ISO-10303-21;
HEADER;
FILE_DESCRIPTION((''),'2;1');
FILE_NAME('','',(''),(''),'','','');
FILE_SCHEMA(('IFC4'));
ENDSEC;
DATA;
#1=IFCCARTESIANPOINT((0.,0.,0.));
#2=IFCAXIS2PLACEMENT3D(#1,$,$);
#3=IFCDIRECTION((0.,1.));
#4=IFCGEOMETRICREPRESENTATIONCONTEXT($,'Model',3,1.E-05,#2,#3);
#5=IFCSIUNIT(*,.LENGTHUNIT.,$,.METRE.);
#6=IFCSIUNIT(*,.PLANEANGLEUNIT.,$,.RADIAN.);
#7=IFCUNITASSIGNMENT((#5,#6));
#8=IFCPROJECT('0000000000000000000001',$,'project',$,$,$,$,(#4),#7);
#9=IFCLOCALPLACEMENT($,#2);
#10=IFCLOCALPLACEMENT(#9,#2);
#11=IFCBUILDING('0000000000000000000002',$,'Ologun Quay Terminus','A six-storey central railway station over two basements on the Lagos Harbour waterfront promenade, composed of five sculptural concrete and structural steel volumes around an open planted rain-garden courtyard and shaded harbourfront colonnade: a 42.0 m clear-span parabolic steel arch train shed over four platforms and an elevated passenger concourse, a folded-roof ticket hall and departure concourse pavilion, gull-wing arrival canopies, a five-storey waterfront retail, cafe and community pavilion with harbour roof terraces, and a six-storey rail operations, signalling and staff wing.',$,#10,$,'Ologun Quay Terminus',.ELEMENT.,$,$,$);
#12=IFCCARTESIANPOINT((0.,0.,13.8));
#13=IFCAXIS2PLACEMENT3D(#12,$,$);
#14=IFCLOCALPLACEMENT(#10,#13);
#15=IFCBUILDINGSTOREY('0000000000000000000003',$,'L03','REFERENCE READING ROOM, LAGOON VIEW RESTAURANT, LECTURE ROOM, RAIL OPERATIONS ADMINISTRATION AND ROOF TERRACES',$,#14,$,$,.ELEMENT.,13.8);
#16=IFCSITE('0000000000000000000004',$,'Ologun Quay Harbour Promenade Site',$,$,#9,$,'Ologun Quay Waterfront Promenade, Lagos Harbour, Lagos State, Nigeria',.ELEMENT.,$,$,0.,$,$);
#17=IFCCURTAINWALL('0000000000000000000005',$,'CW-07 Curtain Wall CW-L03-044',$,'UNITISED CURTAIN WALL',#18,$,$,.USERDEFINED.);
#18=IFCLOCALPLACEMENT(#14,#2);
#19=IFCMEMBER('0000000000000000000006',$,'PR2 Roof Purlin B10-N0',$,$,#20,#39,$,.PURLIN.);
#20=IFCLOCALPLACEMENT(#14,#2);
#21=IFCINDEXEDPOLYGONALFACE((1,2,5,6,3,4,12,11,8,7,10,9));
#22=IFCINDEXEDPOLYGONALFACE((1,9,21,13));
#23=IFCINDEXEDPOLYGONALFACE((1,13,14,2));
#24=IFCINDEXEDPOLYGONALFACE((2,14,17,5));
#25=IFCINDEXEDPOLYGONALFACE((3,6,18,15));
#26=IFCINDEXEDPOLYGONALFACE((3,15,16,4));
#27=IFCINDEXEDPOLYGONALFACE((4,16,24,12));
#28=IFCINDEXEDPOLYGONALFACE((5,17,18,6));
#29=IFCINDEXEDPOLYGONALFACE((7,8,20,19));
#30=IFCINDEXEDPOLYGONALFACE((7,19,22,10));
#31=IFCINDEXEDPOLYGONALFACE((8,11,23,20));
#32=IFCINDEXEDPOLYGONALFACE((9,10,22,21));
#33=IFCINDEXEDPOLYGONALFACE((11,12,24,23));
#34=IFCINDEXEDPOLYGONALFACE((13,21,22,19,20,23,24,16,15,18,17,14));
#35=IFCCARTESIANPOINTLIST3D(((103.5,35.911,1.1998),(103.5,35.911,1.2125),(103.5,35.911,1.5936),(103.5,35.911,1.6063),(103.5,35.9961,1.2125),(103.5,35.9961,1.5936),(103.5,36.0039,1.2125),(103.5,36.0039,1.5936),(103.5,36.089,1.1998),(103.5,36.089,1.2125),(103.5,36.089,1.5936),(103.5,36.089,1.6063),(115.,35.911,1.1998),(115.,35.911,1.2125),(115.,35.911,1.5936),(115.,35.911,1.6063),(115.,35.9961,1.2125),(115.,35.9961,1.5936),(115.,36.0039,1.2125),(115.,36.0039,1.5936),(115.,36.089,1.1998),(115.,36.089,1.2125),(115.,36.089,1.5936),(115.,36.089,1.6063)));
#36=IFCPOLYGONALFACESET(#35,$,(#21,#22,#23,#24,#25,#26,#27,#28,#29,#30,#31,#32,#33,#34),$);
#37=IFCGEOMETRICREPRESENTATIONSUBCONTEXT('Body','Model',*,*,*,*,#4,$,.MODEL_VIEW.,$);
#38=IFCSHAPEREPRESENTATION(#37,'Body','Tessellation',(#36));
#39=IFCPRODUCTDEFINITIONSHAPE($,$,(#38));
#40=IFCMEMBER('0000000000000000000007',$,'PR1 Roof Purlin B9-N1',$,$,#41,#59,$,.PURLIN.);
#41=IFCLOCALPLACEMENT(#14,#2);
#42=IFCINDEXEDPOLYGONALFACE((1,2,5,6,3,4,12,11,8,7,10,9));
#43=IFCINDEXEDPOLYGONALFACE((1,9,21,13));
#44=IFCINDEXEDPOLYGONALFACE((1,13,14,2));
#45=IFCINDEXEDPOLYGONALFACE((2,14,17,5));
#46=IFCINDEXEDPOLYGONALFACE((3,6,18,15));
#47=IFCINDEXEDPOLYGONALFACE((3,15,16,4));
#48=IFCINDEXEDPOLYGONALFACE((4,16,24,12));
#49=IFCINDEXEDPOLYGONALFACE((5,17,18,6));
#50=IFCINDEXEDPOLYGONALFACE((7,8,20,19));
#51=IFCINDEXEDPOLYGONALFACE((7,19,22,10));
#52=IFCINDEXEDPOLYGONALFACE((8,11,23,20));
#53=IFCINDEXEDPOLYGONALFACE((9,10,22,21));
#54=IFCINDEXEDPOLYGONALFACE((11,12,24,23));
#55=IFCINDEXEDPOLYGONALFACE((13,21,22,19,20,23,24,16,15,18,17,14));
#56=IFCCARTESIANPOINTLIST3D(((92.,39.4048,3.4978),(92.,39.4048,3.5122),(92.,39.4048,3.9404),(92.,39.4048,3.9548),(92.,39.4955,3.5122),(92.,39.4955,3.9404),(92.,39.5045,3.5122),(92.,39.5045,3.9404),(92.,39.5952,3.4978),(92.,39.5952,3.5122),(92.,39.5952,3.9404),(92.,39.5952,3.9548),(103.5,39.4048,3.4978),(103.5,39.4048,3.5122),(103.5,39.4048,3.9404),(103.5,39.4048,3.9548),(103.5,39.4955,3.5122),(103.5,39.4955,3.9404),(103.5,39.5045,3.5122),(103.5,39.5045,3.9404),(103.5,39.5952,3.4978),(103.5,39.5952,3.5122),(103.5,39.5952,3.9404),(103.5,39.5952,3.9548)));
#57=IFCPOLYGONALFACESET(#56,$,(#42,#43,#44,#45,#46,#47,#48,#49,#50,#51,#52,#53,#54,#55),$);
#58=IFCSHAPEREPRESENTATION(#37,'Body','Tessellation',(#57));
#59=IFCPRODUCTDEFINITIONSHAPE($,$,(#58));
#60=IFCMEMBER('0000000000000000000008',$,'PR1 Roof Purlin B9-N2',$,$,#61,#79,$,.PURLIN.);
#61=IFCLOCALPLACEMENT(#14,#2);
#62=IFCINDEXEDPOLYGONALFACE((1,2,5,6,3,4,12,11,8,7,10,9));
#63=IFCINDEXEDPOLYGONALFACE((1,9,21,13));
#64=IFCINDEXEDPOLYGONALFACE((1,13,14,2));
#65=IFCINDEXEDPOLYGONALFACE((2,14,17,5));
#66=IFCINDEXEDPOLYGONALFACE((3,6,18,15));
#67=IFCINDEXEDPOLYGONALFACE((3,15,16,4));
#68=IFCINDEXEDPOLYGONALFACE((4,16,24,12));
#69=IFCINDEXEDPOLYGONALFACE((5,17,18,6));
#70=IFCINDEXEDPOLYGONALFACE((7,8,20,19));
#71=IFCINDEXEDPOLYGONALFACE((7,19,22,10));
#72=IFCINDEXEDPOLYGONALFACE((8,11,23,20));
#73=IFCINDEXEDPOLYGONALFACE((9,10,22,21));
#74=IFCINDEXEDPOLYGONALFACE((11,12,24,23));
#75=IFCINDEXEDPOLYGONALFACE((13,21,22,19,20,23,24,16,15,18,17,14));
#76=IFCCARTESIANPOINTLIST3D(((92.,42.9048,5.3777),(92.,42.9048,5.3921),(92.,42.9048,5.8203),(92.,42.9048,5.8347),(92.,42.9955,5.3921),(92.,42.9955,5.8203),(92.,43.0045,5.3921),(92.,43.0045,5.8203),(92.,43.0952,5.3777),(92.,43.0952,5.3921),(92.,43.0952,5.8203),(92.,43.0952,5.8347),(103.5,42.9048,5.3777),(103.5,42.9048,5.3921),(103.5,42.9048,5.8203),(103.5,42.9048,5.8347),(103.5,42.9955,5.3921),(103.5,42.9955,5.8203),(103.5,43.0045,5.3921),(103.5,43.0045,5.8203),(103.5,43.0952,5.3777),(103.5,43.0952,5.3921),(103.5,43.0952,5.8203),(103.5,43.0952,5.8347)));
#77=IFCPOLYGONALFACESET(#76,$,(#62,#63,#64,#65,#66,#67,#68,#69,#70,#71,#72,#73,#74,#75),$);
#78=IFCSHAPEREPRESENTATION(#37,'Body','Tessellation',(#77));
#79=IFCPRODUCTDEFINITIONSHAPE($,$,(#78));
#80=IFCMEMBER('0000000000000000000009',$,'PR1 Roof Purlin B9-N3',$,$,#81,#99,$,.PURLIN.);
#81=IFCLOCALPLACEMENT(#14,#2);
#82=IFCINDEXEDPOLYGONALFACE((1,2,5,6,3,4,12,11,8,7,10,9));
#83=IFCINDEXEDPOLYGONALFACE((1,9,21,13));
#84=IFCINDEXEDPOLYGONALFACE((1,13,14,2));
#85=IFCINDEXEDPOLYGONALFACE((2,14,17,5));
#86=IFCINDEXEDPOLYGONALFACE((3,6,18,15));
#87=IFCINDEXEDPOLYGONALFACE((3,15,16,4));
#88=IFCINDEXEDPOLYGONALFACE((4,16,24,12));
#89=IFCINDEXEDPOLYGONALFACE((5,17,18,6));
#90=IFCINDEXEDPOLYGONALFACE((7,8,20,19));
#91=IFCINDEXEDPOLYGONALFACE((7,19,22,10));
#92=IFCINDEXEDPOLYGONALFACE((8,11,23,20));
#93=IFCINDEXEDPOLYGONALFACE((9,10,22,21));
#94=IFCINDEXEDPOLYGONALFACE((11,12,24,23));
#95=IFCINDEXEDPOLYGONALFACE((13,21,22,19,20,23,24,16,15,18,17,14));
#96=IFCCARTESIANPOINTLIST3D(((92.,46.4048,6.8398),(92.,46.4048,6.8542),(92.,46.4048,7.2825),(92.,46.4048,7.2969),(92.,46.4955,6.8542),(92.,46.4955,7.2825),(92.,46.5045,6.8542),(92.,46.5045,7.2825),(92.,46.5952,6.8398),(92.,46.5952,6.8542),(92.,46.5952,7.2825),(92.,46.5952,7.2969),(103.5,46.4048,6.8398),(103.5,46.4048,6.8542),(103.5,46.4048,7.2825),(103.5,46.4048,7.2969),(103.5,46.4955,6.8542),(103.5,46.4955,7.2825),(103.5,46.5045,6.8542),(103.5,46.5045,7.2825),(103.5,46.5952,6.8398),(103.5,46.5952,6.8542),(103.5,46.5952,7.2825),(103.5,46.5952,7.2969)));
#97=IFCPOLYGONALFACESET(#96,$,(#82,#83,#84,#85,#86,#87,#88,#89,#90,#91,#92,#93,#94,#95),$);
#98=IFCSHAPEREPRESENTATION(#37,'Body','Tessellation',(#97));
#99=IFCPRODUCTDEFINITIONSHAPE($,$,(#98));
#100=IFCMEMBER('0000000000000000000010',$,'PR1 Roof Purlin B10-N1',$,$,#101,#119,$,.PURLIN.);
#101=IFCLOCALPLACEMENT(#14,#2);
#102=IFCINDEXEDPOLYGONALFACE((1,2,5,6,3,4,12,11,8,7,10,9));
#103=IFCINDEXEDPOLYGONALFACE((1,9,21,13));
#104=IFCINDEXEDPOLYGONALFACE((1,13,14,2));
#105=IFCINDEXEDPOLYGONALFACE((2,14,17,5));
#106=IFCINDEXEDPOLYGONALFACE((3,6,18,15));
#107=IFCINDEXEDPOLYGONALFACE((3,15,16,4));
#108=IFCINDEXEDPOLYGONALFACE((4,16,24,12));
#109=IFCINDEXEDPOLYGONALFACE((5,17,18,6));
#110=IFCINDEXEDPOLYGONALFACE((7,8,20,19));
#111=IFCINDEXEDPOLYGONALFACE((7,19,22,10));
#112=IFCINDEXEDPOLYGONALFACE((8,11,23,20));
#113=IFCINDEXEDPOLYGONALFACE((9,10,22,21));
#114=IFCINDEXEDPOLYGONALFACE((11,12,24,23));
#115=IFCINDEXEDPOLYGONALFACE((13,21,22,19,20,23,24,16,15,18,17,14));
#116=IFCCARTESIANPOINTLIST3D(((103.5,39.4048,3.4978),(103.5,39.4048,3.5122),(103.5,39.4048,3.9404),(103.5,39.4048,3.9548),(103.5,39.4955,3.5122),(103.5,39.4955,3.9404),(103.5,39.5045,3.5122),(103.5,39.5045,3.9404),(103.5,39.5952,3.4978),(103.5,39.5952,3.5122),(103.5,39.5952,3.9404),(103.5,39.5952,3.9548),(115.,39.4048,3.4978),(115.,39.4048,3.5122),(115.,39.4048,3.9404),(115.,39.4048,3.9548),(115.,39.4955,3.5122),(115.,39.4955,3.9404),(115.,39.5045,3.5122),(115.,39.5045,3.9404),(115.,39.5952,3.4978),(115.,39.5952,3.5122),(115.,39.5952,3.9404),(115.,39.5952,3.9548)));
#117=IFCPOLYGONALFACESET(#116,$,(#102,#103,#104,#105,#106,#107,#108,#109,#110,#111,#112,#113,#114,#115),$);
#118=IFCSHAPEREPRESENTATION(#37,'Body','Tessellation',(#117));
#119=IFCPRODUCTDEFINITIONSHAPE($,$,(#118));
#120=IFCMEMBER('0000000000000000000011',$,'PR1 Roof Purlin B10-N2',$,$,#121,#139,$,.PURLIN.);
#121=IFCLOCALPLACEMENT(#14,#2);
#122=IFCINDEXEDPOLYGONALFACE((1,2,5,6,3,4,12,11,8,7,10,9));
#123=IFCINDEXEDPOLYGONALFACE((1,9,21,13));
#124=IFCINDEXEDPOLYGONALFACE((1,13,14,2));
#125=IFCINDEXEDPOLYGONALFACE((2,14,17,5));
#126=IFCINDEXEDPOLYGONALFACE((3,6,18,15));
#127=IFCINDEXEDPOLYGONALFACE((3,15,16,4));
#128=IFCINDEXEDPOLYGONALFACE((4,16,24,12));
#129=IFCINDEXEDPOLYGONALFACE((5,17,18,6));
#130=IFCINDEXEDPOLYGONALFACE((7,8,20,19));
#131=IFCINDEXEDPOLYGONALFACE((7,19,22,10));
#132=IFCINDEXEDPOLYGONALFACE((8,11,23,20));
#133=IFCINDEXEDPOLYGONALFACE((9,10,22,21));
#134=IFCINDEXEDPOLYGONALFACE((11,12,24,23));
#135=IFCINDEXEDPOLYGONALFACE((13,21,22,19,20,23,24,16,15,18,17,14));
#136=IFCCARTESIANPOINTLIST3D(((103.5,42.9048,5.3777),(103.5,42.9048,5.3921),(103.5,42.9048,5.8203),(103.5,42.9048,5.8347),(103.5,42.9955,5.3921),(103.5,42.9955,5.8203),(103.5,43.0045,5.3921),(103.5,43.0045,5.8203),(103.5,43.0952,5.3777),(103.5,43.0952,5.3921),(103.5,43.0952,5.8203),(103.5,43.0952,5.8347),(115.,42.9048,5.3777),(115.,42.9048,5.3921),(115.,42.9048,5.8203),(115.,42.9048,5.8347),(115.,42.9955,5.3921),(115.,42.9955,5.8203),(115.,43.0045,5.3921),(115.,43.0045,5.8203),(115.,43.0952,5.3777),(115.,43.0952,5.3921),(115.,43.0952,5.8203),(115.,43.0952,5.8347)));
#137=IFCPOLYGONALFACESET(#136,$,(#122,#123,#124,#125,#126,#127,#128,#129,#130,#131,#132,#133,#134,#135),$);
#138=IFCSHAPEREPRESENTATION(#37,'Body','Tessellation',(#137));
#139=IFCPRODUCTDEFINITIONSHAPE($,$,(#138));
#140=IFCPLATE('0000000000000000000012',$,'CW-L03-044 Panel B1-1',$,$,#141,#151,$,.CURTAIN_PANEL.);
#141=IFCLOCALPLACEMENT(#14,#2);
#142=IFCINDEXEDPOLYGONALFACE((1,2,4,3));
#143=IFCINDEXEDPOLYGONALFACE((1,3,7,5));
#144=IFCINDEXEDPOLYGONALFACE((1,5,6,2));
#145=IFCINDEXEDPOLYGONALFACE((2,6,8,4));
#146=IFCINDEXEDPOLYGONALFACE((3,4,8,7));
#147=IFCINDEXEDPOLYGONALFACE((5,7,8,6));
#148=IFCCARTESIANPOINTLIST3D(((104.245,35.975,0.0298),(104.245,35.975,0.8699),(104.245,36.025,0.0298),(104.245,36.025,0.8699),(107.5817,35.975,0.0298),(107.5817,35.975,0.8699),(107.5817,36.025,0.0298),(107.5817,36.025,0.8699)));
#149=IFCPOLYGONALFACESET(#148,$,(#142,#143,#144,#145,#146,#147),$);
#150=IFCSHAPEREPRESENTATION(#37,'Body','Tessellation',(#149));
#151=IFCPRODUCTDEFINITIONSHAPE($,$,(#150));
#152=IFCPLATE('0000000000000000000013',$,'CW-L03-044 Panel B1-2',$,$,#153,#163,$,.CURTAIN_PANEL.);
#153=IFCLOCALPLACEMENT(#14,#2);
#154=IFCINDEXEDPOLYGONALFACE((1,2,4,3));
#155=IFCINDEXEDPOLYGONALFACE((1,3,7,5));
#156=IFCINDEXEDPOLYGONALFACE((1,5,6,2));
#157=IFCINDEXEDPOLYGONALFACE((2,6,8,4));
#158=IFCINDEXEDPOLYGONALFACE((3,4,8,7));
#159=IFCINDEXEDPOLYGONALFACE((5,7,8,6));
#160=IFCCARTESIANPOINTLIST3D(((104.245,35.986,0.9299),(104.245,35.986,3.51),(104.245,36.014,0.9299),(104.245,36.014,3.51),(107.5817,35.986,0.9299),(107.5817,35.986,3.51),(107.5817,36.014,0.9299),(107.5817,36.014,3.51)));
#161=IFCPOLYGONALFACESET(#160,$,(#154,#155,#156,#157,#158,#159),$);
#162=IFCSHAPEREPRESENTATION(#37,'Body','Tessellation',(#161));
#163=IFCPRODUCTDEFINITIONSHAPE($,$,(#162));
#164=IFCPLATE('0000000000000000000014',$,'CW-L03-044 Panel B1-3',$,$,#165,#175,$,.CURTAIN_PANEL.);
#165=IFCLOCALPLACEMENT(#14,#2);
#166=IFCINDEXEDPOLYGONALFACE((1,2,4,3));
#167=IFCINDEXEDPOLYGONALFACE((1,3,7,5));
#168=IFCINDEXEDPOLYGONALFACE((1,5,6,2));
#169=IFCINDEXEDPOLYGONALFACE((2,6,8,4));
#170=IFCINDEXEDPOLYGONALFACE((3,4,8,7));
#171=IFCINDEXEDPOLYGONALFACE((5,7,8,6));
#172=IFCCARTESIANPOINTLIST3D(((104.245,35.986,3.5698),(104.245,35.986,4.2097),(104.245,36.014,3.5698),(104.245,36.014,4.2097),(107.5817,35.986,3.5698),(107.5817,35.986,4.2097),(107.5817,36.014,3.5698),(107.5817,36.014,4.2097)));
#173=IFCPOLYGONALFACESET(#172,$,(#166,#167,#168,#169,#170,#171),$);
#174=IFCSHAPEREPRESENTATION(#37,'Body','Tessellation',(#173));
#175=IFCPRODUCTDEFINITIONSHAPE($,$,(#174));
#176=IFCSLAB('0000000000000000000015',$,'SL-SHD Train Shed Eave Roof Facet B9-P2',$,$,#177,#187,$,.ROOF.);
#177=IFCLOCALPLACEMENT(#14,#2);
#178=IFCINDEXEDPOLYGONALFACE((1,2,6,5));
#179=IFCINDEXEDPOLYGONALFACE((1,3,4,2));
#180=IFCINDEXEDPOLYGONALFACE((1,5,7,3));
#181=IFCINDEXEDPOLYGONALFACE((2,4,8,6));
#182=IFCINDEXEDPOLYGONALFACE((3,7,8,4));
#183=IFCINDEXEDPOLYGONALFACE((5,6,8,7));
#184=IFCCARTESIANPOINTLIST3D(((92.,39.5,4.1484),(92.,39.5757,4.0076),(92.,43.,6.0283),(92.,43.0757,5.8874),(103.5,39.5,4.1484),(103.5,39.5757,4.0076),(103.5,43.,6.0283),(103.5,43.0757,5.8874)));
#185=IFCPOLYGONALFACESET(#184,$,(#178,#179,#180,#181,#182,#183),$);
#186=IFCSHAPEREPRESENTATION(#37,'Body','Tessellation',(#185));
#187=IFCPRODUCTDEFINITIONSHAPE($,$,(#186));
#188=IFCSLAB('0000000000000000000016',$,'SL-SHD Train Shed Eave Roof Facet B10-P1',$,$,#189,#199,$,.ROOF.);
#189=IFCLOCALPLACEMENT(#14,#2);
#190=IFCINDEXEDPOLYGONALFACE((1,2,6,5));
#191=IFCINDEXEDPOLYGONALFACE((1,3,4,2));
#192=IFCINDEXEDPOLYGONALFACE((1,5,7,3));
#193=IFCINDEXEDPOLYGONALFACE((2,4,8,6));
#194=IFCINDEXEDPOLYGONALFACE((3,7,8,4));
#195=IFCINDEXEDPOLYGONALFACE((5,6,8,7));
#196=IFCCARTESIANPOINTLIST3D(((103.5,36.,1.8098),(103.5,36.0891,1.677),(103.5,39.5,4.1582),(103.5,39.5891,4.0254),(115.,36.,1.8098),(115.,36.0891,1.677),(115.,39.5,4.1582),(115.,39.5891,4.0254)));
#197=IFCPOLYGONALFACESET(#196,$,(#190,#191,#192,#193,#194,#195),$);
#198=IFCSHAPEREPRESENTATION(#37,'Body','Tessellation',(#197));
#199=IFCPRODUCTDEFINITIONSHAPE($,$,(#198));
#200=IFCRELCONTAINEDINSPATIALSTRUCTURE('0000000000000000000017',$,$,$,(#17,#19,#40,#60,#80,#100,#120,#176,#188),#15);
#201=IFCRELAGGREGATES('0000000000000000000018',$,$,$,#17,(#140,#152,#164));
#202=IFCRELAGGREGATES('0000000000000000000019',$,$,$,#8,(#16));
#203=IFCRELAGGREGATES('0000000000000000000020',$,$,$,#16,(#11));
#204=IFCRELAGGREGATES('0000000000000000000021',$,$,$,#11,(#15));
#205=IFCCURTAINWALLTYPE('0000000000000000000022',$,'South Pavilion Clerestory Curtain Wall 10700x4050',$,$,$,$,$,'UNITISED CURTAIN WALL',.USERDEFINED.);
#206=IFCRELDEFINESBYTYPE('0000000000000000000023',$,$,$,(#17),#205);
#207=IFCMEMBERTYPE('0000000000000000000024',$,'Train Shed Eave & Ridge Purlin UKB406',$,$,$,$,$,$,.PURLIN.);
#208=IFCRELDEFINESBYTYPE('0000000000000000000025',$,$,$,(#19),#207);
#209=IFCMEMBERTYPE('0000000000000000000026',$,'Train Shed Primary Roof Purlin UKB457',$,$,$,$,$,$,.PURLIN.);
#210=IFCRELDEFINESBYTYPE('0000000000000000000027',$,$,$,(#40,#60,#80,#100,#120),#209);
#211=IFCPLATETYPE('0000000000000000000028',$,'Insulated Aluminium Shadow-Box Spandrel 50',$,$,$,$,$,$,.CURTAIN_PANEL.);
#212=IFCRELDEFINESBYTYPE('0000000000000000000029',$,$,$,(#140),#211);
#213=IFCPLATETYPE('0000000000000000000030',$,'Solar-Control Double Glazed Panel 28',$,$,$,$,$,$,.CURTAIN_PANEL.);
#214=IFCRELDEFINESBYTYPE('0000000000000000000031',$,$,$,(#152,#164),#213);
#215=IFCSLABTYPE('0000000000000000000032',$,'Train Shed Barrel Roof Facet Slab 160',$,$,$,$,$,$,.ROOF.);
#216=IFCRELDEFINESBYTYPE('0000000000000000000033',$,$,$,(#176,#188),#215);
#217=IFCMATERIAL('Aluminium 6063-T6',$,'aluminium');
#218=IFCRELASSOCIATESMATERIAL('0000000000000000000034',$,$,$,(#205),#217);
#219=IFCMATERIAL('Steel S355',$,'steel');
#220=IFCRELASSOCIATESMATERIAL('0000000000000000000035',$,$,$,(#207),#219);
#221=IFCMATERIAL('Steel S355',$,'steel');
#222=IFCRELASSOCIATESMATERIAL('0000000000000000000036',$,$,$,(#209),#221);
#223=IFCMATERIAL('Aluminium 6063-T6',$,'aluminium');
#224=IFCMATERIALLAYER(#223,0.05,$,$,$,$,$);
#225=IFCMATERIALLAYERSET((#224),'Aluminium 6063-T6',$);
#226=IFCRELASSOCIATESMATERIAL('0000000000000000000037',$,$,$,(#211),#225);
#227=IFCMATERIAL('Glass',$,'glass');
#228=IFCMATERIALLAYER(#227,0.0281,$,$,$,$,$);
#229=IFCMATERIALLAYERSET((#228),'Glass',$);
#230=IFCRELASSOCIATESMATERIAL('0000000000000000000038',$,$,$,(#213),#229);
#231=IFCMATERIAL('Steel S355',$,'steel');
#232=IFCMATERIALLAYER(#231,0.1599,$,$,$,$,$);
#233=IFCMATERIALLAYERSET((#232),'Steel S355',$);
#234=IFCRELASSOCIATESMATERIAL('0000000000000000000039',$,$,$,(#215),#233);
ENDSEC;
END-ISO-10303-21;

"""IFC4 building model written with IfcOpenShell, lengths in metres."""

from ifc_helpers import new_model, si_unit, direction, frame, origin, origin_2d, place, context, subcontext, project, spatial, polyline, rectangle, i_section, outline, extrude, material, layer, layer_set, material_profile, profile_set, type_object, element, aggregate, save


model = new_model("IFC4")

# Units and contexts
model_context = context("Model", 3, precision=1e-05, world=origin(), true_north=direction((0.0, 1.0)))
body_context = subcontext(model_context, "Body", "Model", "MODEL_VIEW")
ifc_project = project(units=[si_unit("LENGTHUNIT", "METRE"), si_unit("PLANEANGLEUNIT", "RADIAN")], contexts=[model_context])

# Site, building, storey
site_placement = place(None, origin())
site = spatial("IfcSite", under=ifc_project, at=site_placement, Name="Ologun Quay Harbour Promenade Site", LongName="Ologun Quay Waterfront Promenade, Lagos Harbour, Lagos State, Nigeria", CompositionType="ELEMENT", RefElevation=0.0)
building_placement = place(site_placement, origin())
building = spatial("IfcBuilding", under=site, at=building_placement, Name="Ologun Quay Terminus", Description="A six-storey central railway station over two basements on the Lagos Harbour waterfront promenade, composed of five sculptural concrete and structural steel volumes around an open planted rain-garden courtyard and shaded harbourfront colonnade: a 42.0 m clear-span parabolic steel arch train shed over four platforms and an elevated passenger concourse, a folded-roof ticket hall and departure concourse pavilion, gull-wing arrival canopies, a five-storey waterfront retail, cafe and community pavilion with harbour roof terraces, and a six-storey rail operations, signalling and staff wing.", LongName="Ologun Quay Terminus", CompositionType="ELEMENT")
storey_placement = place(building_placement, frame((0.0, 0.0, 13.8)))
storey = spatial("IfcBuildingStorey", under=building, at=storey_placement, Name="L03", Description="REFERENCE READING ROOM, LAGOON VIEW RESTAURANT, LECTURE ROOM, RAIL OPERATIONS ADMINISTRATION AND ROOF TERRACES", CompositionType="ELEMENT", Elevation=13.8)

# Curtain wall
ifc_material_1 = material(Name="Aluminium 6063-T6", Category="aluminium")
curtain_wall_type = type_object("IfcCurtainWallType", Name="South Pavilion Clerestory Curtain Wall 10700x4050", ElementType="UNITISED CURTAIN WALL", PredefinedType="USERDEFINED", material=ifc_material_1)
curtain_wall_placement = place(storey_placement, origin())
curtain_wall = element("IfcCurtainWall", 1, at=curtain_wall_placement, inside=storey, type_object=curtain_wall_type, Name="CW-07 Curtain Wall CW-L03-044", ObjectType="UNITISED CURTAIN WALL", PredefinedType="USERDEFINED")

# Members
ifc_material_2 = material(Name="Steel S355", Category="steel")
ifc_material_profile_1 = material_profile(ifc_material_2, i_section(OverallWidth=0.178, OverallDepth=0.4065, WebThickness=0.0078, FlangeThickness=0.0127, at=origin_2d()), Name="UKB 406x178x60")
ifc_profile_set_1 = profile_set([ifc_material_profile_1], Name="Steel S355")
member_type_1 = type_object("IfcMemberType", Name="Train Shed Eave & Ridge Purlin UKB406", PredefinedType="PURLIN", material=ifc_profile_set_1)
member_1_placement = place(storey_placement, frame((103.5, 36.0, 1.4031), z_axis=(1.0, 0.0, 0.0), x_axis=(0.0, 1.0, 0.0)))
element("IfcMember", 2, at=member_1_placement, inside=storey, type_object=member_type_1, Name="PR2 Roof Purlin B10-N0", PredefinedType="PURLIN", context=body_context, shape_type="SweptSolid", body=[
    extrude(i_section(OverallWidth=0.178, OverallDepth=0.4065, WebThickness=0.0078, FlangeThickness=0.0127, at=origin_2d()), origin(), (0.0, 0.0, 1.0), 11.5),
])
ifc_material_3 = material(Name="Steel S355", Category="steel")
ifc_material_profile_2 = material_profile(ifc_material_3, i_section(OverallWidth=0.1904, OverallDepth=0.457, WebThickness=0.009, FlangeThickness=0.0144, at=origin_2d()), Name="UKB 457x191x74")
ifc_profile_set_2 = profile_set([ifc_material_profile_2], Name="Steel S355")
member_type_2 = type_object("IfcMemberType", Name="Train Shed Primary Roof Purlin UKB457", PredefinedType="PURLIN", material=ifc_profile_set_2)
for number, where, z_axis, x_axis, name in (
    (3, (92.0, 39.5, 3.7263), (1.0, 0.0, 0.0), (0.0, 1.0, 0.0), "PR1 Roof Purlin B9-N1"),
    (4, (92.0, 43.0, 5.6062), (1.0, 0.0, 0.0), (0.0, 1.0, 0.0), "PR1 Roof Purlin B9-N2"),
    (5, (92.0, 46.5, 7.0684), (1.0, 0.0, 0.0), (0.0, 1.0, 0.0), "PR1 Roof Purlin B9-N3"),
    (6, (103.5, 39.5, 3.7263), (1.0, 0.0, 0.0), (0.0, 1.0, 0.0), "PR1 Roof Purlin B10-N1"),
    (7, (103.5, 43.0, 5.6062), (1.0, 0.0, 0.0), (0.0, 1.0, 0.0), "PR1 Roof Purlin B10-N2"),
):
    element("IfcMember", number, at=place(storey_placement, frame(where, z_axis=z_axis, x_axis=x_axis)), inside=storey, type_object=member_type_2, Name=name, PredefinedType="PURLIN", context=body_context, shape_type="SweptSolid", body=[
        extrude(i_section(OverallWidth=0.1904, OverallDepth=0.457, WebThickness=0.009, FlangeThickness=0.0144, at=origin_2d()), origin(), (0.0, 0.0, 1.0), 11.5),
    ])

# Plates
ifc_material_4 = material(Name="Aluminium 6063-T6", Category="aluminium")
ifc_layer_1 = layer(ifc_material_4, 0.05)
ifc_layer_set_1 = layer_set([ifc_layer_1], Name="Aluminium 6063-T6")
plate_type_1 = type_object("IfcPlateType", Name="Insulated Aluminium Shadow-Box Spandrel 50", PredefinedType="CURTAIN_PANEL", material=ifc_layer_set_1)
plate_1_placement = place(storey_placement, frame((105.9133, 36.0, 0.0298), z_axis=(0.0, 0.0, 1.0), x_axis=(1.0, 0.0, 0.0)))
plate_1 = element("IfcPlate", 8, at=plate_1_placement, type_object=plate_type_1, Name="CW-L03-044 Panel B1-1", PredefinedType="CURTAIN_PANEL", context=body_context, shape_type="SweptSolid", body=[
    extrude(rectangle(XDim=3.3367, YDim=0.05, at=origin_2d()), origin(), (0.0, 0.0, 1.0), 0.8401),
])
ifc_material_5 = material(Name="Glass", Category="glass")
ifc_layer_2 = layer(ifc_material_5, 0.0281)
ifc_layer_set_2 = layer_set([ifc_layer_2], Name="Glass")
plate_type_2 = type_object("IfcPlateType", Name="Solar-Control Double Glazed Panel 28", PredefinedType="CURTAIN_PANEL", material=ifc_layer_set_2)
plate_2_placement = place(storey_placement, frame((105.9133, 36.0, 0.9299), z_axis=(0.0, 0.0, 1.0), x_axis=(1.0, 0.0, 0.0)))
plate_2 = element("IfcPlate", 9, at=plate_2_placement, type_object=plate_type_2, Name="CW-L03-044 Panel B1-2", PredefinedType="CURTAIN_PANEL", context=body_context, shape_type="SweptSolid", body=[
    extrude(rectangle(XDim=3.3367, YDim=0.0281, at=origin_2d()), origin(), (0.0, 0.0, 1.0), 2.5801),
])
plate_3_placement = place(storey_placement, frame((105.9133, 36.0, 3.5698), z_axis=(0.0, 0.0, 1.0), x_axis=(1.0, 0.0, 0.0)))
plate_3 = element("IfcPlate", 10, at=plate_3_placement, type_object=plate_type_2, Name="CW-L03-044 Panel B1-3", PredefinedType="CURTAIN_PANEL", context=body_context, shape_type="SweptSolid", body=[
    extrude(rectangle(XDim=3.3367, YDim=0.0281, at=origin_2d()), origin(), (0.0, 0.0, 1.0), 0.6399),
])
aggregate(curtain_wall, [plate_1, plate_2, plate_3])

# Slabs
ifc_material_6 = material(Name="Steel S355", Category="steel")
ifc_layer_3 = layer(ifc_material_6, 0.1599)
ifc_layer_set_3 = layer_set([ifc_layer_3], Name="Steel S355")
slab_type = type_object("IfcSlabType", Name="Train Shed Barrel Roof Facet Slab 160", PredefinedType="ROOF", material=ifc_layer_set_3)
slab_1_placement = place(storey_placement, frame((92.0, 39.5, 4.1484), z_axis=(0.0, -0.473176, 0.880968), x_axis=(1.0, 0.0, 0.0)))
element("IfcSlab", 11, at=slab_1_placement, inside=storey, type_object=slab_type, Name="SL-SHD Train Shed Eave Roof Facet B9-P2", PredefinedType="ROOF", context=body_context, shape_type="SweptSolid", body=[
    extrude(outline(polyline([(0.0, 0.0), (11.5, 0.0), (11.5, 3.9729), (0.0, 3.9729), (0.0, 0.0)])), origin(), (0.0, 0.0, -1.0), 0.1599),
])
slab_2_placement = place(storey_placement, frame((103.5, 36.0, 1.8098), z_axis=(0.0, -0.557171, 0.830398), x_axis=(1.0, 0.0, 0.0)))
element("IfcSlab", 12, at=slab_2_placement, inside=storey, type_object=slab_type, Name="SL-SHD Train Shed Eave Roof Facet B10-P1", PredefinedType="ROOF", context=body_context, shape_type="SweptSolid", body=[
    extrude(outline(polyline([(0.0, 0.0), (11.5, 0.0), (11.5, 4.2148), (0.0, 4.2148), (0.0, 0.0)])), origin(), (0.0, 0.0, -1.0), 0.1599),
])

save(model, "model.ifc")
